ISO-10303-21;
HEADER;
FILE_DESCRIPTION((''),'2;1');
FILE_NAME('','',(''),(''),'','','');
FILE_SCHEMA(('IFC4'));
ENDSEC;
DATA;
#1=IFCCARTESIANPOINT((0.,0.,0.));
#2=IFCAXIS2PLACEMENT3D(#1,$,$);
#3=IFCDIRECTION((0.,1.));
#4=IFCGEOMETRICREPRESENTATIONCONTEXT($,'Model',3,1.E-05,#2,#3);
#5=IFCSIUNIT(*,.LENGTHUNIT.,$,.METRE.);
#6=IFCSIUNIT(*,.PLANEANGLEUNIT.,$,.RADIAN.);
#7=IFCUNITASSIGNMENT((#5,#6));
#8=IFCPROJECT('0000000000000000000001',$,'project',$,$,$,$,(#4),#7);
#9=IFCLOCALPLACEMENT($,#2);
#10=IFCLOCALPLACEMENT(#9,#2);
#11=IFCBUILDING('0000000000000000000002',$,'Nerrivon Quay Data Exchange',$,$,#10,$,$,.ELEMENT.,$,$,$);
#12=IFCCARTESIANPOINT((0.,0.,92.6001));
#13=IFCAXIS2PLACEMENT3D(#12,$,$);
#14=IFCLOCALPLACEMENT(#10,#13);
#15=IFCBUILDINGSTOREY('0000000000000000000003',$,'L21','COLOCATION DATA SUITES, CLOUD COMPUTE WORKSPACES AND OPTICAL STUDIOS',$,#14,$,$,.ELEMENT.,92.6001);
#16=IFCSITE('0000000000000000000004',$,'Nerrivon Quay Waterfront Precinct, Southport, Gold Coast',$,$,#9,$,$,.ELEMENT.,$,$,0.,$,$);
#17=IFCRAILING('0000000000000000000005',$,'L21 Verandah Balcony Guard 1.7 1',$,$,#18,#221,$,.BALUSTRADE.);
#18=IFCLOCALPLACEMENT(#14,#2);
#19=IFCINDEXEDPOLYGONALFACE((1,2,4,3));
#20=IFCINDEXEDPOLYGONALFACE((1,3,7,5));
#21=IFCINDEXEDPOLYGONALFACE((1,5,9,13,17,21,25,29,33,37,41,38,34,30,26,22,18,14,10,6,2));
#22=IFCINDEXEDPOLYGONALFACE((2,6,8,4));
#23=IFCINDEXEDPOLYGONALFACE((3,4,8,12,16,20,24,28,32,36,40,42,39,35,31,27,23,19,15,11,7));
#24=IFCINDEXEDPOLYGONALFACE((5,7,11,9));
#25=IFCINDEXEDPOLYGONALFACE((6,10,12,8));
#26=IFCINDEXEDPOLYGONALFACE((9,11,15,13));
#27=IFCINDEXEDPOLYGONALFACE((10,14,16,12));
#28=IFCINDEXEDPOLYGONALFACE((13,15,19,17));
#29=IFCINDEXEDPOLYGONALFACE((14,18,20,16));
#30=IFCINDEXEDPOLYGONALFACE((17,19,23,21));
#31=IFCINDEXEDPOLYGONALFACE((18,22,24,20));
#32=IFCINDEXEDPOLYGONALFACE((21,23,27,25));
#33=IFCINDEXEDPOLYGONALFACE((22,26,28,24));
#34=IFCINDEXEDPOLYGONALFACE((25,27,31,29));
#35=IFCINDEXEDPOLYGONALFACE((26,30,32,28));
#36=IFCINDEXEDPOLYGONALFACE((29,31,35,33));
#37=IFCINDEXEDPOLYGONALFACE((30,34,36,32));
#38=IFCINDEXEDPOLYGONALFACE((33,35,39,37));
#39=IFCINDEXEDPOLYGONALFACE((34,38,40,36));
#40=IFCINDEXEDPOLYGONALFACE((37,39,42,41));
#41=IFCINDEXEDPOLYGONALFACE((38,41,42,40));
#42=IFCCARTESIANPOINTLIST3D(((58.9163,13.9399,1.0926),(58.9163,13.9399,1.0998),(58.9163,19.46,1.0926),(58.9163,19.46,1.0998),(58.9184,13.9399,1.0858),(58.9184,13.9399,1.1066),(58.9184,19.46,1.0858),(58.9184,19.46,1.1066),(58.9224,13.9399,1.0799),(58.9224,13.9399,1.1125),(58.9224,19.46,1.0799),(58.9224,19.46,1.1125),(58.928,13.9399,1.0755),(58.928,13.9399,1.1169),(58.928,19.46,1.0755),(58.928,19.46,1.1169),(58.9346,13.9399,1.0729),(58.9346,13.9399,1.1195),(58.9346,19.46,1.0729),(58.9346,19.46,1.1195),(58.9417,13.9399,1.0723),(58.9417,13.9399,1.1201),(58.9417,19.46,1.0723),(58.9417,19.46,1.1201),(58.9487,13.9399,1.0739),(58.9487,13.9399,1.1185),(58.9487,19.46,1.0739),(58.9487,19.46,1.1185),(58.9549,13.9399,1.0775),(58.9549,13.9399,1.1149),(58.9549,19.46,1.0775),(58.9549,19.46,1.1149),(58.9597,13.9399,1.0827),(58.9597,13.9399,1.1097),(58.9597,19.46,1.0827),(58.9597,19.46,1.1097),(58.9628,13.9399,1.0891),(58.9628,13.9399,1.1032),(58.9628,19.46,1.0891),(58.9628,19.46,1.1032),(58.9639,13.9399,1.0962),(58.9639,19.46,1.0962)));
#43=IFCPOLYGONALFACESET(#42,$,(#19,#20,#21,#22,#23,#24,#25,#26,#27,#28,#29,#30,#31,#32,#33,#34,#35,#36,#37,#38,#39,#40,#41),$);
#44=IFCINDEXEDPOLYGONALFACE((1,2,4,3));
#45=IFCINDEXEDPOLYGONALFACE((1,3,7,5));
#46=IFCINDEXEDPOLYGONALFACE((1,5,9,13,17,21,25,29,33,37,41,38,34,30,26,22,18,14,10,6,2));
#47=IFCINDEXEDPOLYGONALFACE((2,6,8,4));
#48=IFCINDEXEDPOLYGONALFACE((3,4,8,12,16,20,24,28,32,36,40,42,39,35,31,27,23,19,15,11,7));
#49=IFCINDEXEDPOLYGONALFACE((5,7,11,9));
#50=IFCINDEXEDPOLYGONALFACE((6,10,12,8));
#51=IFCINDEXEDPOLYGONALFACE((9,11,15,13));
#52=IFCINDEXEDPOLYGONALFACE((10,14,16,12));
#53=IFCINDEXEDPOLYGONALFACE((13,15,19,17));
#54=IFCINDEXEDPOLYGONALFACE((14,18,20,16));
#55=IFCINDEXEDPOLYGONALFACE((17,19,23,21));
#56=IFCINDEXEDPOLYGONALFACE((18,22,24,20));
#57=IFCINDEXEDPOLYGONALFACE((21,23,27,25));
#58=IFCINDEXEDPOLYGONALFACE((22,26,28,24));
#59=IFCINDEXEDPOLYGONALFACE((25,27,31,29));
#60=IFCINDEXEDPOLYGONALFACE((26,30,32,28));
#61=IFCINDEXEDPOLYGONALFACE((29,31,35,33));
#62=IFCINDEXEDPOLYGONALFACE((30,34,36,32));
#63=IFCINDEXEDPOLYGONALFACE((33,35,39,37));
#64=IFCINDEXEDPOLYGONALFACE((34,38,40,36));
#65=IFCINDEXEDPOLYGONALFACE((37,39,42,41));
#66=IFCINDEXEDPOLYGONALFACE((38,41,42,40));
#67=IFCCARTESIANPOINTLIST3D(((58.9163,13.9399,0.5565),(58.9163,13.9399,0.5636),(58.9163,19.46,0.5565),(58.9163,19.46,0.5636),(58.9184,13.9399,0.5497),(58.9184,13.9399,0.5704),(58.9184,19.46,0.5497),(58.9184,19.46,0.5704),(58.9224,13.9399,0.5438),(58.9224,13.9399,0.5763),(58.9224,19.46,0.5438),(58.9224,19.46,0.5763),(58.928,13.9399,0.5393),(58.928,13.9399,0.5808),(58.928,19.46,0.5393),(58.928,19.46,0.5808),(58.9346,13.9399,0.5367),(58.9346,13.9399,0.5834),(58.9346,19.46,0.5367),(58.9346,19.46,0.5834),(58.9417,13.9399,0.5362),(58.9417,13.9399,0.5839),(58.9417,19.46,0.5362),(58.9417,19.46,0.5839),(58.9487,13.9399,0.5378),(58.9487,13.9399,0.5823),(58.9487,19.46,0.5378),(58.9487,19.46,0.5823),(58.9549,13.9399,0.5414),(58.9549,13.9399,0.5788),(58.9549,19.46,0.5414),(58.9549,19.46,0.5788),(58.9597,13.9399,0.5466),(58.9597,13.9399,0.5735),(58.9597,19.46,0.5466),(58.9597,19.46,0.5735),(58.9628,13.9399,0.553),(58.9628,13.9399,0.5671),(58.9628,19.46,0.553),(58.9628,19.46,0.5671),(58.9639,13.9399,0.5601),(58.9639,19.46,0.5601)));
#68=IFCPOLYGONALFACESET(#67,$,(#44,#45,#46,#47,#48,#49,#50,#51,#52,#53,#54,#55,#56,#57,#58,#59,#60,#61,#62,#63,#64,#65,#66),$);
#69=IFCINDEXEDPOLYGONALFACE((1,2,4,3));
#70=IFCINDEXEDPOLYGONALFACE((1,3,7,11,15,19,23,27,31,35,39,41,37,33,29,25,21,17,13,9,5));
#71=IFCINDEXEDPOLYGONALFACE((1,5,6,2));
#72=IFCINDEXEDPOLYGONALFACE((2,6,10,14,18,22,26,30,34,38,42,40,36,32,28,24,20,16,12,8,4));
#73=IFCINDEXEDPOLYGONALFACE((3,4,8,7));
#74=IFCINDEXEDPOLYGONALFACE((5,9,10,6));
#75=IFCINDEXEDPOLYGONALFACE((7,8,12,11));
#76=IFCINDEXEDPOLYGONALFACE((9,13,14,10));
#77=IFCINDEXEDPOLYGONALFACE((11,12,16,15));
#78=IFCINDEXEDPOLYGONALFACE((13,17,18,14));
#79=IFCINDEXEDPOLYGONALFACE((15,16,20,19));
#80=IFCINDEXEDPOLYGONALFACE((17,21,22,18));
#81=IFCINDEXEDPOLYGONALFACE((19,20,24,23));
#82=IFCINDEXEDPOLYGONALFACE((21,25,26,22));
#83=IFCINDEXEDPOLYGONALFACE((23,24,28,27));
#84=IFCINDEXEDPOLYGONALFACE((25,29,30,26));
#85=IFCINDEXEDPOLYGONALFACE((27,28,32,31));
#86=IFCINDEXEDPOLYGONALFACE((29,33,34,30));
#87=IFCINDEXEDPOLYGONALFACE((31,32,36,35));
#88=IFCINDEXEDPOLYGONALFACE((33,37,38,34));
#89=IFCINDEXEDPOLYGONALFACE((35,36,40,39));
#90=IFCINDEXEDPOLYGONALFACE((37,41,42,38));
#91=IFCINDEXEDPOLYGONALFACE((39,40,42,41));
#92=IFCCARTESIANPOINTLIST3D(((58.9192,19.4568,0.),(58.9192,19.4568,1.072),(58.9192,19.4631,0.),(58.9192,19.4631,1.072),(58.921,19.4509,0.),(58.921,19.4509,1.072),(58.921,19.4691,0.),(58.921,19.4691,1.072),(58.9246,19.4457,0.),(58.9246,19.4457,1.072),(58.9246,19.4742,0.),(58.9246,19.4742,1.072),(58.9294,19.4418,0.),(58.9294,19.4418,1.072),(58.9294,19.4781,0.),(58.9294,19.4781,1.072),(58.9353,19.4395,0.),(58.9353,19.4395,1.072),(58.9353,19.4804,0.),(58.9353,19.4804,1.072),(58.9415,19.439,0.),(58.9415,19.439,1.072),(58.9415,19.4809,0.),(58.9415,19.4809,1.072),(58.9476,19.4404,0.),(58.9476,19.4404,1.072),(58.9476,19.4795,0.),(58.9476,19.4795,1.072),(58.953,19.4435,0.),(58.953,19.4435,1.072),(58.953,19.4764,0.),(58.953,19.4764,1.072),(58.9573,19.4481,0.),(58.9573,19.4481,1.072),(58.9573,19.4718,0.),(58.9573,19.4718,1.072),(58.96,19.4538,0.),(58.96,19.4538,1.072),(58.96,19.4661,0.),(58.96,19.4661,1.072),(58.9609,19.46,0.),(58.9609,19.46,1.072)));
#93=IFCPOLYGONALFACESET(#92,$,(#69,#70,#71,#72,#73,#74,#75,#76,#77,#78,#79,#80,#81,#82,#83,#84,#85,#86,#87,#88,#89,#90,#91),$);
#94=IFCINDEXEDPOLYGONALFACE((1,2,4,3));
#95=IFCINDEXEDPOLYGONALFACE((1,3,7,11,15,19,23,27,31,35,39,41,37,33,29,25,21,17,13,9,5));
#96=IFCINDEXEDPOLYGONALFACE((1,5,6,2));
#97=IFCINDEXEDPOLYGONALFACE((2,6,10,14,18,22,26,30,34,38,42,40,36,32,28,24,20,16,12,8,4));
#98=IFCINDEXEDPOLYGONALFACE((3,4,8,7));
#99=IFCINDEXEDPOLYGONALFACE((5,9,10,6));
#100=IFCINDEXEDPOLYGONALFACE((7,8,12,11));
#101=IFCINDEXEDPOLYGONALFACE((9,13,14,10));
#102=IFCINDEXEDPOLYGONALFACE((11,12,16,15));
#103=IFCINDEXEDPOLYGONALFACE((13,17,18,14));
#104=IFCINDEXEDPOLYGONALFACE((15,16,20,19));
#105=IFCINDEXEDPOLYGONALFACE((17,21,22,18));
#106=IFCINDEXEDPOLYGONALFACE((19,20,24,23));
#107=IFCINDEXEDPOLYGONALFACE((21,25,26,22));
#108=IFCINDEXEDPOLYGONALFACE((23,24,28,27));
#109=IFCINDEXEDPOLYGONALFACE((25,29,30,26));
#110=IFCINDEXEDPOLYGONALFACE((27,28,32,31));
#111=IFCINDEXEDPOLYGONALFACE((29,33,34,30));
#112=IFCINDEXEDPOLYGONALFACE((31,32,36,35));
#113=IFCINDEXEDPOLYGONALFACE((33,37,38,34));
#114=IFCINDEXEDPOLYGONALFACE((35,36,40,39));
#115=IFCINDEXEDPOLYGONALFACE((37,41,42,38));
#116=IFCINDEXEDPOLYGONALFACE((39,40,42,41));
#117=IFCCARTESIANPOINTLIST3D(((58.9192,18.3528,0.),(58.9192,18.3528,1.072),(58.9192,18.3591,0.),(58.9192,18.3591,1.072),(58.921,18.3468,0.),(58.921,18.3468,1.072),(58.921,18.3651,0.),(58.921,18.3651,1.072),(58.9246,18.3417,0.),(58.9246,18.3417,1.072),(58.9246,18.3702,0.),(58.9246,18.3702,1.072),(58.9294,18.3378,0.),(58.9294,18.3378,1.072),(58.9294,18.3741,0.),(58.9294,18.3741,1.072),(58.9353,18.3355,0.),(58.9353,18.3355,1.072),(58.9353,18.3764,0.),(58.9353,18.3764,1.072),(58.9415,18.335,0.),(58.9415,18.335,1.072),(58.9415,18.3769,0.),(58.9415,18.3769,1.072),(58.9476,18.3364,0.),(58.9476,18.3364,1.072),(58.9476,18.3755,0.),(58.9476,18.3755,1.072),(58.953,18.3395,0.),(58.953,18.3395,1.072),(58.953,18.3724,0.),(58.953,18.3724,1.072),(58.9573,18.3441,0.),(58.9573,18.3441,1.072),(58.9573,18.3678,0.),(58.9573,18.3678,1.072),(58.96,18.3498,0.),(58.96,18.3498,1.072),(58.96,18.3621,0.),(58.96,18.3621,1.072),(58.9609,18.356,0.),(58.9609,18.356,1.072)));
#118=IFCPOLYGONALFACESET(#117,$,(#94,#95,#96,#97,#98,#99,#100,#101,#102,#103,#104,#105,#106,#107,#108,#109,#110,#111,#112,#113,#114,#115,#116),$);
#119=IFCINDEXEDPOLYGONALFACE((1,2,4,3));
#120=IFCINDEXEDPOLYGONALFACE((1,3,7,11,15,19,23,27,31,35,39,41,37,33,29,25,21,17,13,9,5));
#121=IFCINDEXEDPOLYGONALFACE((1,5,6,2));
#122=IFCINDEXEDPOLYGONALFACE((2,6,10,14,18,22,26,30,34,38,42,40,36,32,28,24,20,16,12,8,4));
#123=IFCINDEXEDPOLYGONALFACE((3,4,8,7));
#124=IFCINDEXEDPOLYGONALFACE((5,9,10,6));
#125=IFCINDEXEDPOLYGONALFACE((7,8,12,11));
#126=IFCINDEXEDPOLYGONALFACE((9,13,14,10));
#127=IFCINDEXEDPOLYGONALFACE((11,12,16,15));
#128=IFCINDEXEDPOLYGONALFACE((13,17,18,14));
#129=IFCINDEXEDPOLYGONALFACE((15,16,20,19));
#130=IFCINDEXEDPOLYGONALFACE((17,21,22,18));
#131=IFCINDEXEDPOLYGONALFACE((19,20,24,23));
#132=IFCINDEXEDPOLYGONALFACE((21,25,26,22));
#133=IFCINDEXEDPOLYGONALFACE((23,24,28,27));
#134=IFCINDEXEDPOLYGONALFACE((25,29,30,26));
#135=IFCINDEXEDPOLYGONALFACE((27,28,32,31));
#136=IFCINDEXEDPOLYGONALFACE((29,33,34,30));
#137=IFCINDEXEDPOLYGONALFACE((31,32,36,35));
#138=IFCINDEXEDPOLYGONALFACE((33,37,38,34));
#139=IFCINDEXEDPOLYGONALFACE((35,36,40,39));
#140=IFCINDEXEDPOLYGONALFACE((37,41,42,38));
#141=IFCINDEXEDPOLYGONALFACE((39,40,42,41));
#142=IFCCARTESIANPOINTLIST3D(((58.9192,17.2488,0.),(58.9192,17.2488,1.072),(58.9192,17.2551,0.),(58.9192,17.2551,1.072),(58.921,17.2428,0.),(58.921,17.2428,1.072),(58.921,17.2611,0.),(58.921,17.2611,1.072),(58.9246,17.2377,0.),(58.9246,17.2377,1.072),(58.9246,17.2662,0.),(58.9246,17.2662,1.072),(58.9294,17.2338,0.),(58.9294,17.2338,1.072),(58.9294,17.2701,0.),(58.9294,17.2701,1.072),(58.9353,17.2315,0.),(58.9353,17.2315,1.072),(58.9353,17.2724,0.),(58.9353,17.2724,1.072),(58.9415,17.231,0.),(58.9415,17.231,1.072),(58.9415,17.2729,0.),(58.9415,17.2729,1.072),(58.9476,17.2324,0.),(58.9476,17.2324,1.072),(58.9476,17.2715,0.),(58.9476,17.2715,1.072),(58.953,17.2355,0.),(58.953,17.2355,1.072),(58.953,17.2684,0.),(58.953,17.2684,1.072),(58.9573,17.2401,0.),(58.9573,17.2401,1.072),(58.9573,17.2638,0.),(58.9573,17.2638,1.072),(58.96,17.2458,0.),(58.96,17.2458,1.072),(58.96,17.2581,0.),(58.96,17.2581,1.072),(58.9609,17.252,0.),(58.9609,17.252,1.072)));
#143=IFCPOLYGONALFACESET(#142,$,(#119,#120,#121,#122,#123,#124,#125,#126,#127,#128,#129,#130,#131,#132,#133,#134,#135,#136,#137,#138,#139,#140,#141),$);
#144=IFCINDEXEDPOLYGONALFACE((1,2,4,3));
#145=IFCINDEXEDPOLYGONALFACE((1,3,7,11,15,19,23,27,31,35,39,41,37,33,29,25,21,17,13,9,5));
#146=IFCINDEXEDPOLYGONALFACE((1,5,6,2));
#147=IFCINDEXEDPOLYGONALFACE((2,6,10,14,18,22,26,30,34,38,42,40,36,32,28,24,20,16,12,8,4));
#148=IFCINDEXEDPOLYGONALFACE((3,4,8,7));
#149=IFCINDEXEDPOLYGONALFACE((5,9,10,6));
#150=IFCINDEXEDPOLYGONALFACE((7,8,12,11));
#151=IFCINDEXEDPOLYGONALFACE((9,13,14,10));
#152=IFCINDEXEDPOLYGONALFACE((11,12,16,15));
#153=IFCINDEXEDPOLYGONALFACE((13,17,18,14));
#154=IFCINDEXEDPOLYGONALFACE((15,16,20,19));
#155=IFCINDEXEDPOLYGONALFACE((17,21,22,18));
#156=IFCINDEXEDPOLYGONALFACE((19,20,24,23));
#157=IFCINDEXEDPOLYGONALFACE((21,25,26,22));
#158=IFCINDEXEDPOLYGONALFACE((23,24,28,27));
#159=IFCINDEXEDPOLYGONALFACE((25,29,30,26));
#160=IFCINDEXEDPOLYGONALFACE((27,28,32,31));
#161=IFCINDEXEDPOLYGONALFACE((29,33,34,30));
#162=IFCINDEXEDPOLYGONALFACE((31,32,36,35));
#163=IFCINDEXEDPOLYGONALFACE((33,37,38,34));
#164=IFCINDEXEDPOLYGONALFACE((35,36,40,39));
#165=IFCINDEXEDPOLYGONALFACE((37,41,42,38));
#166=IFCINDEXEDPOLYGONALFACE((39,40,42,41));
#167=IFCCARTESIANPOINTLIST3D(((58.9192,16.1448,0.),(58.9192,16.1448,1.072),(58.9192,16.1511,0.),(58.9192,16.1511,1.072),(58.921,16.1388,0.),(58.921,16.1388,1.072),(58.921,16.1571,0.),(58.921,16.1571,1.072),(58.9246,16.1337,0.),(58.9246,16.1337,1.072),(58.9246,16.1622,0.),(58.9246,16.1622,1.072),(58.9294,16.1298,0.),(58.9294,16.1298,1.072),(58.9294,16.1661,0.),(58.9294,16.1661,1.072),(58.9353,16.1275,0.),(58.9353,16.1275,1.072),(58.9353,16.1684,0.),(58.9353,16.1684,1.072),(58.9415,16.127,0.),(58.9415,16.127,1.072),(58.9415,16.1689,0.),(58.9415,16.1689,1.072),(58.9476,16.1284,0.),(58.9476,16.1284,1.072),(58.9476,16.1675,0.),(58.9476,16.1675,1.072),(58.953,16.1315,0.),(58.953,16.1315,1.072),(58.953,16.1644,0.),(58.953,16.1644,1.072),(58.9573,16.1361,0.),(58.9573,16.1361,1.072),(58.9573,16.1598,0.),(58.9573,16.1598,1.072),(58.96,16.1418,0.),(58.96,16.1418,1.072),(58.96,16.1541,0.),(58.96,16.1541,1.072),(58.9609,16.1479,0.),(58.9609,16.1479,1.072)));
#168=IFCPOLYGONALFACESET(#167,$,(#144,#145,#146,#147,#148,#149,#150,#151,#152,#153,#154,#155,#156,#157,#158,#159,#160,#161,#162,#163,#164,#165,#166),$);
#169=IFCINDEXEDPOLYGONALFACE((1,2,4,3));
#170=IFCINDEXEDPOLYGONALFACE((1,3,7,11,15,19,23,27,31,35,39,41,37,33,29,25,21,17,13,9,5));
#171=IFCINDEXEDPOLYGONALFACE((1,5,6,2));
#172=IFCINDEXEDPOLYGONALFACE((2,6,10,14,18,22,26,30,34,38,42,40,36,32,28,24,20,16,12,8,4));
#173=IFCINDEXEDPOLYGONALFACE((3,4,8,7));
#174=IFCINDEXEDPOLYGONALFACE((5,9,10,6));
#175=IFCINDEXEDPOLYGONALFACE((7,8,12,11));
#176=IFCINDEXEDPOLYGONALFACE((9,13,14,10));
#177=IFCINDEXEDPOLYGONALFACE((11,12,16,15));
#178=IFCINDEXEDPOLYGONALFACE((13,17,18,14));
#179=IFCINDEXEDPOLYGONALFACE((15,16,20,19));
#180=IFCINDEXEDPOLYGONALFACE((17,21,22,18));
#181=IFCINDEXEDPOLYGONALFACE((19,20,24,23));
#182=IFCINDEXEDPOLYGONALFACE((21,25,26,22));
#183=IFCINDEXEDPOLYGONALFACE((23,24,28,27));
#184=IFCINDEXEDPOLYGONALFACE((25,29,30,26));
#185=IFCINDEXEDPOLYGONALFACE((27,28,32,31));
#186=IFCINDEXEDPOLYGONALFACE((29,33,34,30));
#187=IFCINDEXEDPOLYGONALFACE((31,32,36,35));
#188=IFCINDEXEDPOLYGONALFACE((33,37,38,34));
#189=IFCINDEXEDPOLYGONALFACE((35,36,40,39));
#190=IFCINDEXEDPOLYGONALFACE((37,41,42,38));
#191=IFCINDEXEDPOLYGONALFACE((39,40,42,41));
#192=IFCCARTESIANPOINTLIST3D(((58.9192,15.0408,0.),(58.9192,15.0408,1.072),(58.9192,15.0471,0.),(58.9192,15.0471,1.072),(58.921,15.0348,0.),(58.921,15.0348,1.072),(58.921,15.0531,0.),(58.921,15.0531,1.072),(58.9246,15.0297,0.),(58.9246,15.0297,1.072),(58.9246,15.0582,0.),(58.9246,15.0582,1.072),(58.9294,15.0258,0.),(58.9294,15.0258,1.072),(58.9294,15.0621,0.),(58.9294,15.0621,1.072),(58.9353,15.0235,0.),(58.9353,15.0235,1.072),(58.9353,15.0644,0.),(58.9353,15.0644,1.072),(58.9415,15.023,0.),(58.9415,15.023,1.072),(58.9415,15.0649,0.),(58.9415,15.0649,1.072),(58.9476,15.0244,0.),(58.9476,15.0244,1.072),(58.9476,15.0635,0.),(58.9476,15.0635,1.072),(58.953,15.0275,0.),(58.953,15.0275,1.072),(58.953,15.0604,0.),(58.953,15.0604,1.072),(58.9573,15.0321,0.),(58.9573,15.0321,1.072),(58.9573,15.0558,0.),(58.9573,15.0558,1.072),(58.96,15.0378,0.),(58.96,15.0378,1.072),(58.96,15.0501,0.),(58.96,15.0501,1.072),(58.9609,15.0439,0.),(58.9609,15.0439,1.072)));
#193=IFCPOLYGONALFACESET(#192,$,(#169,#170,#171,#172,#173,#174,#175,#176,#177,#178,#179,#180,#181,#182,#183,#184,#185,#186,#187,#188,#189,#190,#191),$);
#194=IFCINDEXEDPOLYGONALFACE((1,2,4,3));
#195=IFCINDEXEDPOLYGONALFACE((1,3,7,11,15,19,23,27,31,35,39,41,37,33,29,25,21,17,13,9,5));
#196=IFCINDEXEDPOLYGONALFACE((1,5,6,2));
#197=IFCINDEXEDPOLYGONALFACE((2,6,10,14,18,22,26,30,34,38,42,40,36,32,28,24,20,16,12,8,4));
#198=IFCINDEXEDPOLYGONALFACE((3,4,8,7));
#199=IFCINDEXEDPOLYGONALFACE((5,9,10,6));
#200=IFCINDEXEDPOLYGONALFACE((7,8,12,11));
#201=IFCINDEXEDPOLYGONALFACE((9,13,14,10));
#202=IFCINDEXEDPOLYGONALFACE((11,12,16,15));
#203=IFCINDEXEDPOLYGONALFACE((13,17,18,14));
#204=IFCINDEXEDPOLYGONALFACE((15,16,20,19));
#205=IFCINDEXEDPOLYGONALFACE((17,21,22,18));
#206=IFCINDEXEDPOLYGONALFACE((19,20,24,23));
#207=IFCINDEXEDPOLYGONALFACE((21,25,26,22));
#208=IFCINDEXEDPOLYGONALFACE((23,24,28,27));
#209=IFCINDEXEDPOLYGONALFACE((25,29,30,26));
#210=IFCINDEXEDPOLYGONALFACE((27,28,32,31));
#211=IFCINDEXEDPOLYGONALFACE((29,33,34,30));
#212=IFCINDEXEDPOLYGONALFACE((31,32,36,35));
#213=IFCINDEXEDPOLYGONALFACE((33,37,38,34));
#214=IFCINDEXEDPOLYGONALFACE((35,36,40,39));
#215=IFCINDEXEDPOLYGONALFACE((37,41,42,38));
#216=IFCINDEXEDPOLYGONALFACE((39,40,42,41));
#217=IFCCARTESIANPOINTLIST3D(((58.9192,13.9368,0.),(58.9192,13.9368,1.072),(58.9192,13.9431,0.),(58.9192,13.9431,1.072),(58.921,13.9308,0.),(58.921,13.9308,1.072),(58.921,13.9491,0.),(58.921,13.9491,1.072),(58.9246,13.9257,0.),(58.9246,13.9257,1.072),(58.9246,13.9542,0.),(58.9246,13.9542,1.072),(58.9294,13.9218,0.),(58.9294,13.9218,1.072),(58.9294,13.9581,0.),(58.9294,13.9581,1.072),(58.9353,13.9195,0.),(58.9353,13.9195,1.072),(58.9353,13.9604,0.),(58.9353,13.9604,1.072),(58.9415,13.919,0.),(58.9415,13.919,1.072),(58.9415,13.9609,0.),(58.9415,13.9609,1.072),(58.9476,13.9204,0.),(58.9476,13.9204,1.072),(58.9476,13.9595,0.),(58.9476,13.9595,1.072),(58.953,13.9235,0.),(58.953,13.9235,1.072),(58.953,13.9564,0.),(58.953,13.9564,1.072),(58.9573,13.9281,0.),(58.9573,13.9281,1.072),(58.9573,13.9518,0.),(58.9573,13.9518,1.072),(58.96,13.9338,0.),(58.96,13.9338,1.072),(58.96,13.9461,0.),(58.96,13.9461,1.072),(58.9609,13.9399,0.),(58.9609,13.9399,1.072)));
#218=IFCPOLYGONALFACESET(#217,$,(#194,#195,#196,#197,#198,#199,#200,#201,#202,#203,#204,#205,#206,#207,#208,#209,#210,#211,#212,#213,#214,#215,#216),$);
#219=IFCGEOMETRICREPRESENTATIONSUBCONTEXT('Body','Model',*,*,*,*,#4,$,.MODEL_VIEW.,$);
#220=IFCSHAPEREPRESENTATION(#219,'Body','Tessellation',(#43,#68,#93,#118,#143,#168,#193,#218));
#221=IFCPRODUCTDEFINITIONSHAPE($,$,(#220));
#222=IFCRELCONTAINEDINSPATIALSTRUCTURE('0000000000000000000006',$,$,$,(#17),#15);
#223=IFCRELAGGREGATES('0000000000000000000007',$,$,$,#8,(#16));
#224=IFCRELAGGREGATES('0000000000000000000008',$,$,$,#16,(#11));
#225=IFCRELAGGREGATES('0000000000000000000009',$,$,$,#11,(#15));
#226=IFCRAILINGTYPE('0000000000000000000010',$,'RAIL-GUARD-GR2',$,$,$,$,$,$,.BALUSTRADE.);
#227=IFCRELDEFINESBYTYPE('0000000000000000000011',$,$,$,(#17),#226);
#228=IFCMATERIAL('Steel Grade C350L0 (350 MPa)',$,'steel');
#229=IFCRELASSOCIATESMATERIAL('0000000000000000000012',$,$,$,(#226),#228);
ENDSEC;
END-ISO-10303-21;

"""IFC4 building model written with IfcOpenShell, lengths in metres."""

from ifc_helpers import new_model, si_unit, direction, frame, origin, origin_2d, place, context, subcontext, project, spatial, circle, extrude, material, type_object, element, save


model = new_model("IFC4")

# Units and contexts
model_context = context("Model", 3, precision=1e-05, world=origin(), true_north=direction((0.0, 1.0)))
body_context = subcontext(model_context, "Body", "Model", "MODEL_VIEW")
ifc_project = project(units=[si_unit("LENGTHUNIT", "METRE"), si_unit("PLANEANGLEUNIT", "RADIAN")], contexts=[model_context])

# Site, building, storey
site_placement = place(None, origin())
site = spatial("IfcSite", under=ifc_project, at=site_placement, Name="Nerrivon Quay Waterfront Precinct, Southport, Gold Coast", CompositionType="ELEMENT", RefElevation=0.0)
building_placement = place(site_placement, origin())
building = spatial("IfcBuilding", under=site, at=building_placement, Name="Nerrivon Quay Data Exchange", CompositionType="ELEMENT")
storey_placement = place(building_placement, frame((0.0, 0.0, 92.6001)))
storey = spatial("IfcBuildingStorey", under=building, at=storey_placement, Name="L21", Description="COLOCATION DATA SUITES, CLOUD COMPUTE WORKSPACES AND OPTICAL STUDIOS", CompositionType="ELEMENT", Elevation=92.6001)

# Railing
ifc_material_1 = material(Name="Steel Grade C350L0 (350 MPa)", Category="steel")
railing_type = type_object("IfcRailingType", Name="RAIL-GUARD-GR2", PredefinedType="BALUSTRADE", material=ifc_material_1)
railing_1_placement = place(storey_placement, frame((58.9399, 19.46, 0.0)))
element("IfcRailing", 1, at=railing_1_placement, inside=storey, type_object=railing_type, Name="L21 Verandah Balcony Guard 1.7 1", PredefinedType="BALUSTRADE", context=body_context, shape_type="SweptSolid", body=[
    extrude(circle(Radius=0.0239, at=origin_2d()), frame((0.0, 0.0, 1.0962), z_axis=(0.0, -1.0, 0.0), x_axis=(1.0, 0.0, 0.0)), (0.0, 0.0, 1.0), 5.52),
    extrude(circle(Radius=0.0239, at=origin_2d()), frame((0.0, 0.0, 0.5601), z_axis=(0.0, -1.0, 0.0), x_axis=(1.0, 0.0, 0.0)), (0.0, 0.0, 1.0), 5.52),
    extrude(circle(Radius=0.021, at=origin_2d()), origin(), (0.0, 0.0, 1.0), 1.072),
    extrude(circle(Radius=0.021, at=origin_2d()), frame((0.0, -1.104, 0.0)), (0.0, 0.0, 1.0), 1.072),
    extrude(circle(Radius=0.021, at=origin_2d()), frame((0.0, -2.208, 0.0)), (0.0, 0.0, 1.0), 1.072),
    extrude(circle(Radius=0.021, at=origin_2d()), frame((0.0, -3.312, 0.0)), (0.0, 0.0, 1.0), 1.072),
    extrude(circle(Radius=0.021, at=origin_2d()), frame((0.0, -4.416, 0.0)), (0.0, 0.0, 1.0), 1.072),
    extrude(circle(Radius=0.021, at=origin_2d()), frame((0.0, -5.52, 0.0)), (0.0, 0.0, 1.0), 1.072),
])

save(model, "model.ifc")
